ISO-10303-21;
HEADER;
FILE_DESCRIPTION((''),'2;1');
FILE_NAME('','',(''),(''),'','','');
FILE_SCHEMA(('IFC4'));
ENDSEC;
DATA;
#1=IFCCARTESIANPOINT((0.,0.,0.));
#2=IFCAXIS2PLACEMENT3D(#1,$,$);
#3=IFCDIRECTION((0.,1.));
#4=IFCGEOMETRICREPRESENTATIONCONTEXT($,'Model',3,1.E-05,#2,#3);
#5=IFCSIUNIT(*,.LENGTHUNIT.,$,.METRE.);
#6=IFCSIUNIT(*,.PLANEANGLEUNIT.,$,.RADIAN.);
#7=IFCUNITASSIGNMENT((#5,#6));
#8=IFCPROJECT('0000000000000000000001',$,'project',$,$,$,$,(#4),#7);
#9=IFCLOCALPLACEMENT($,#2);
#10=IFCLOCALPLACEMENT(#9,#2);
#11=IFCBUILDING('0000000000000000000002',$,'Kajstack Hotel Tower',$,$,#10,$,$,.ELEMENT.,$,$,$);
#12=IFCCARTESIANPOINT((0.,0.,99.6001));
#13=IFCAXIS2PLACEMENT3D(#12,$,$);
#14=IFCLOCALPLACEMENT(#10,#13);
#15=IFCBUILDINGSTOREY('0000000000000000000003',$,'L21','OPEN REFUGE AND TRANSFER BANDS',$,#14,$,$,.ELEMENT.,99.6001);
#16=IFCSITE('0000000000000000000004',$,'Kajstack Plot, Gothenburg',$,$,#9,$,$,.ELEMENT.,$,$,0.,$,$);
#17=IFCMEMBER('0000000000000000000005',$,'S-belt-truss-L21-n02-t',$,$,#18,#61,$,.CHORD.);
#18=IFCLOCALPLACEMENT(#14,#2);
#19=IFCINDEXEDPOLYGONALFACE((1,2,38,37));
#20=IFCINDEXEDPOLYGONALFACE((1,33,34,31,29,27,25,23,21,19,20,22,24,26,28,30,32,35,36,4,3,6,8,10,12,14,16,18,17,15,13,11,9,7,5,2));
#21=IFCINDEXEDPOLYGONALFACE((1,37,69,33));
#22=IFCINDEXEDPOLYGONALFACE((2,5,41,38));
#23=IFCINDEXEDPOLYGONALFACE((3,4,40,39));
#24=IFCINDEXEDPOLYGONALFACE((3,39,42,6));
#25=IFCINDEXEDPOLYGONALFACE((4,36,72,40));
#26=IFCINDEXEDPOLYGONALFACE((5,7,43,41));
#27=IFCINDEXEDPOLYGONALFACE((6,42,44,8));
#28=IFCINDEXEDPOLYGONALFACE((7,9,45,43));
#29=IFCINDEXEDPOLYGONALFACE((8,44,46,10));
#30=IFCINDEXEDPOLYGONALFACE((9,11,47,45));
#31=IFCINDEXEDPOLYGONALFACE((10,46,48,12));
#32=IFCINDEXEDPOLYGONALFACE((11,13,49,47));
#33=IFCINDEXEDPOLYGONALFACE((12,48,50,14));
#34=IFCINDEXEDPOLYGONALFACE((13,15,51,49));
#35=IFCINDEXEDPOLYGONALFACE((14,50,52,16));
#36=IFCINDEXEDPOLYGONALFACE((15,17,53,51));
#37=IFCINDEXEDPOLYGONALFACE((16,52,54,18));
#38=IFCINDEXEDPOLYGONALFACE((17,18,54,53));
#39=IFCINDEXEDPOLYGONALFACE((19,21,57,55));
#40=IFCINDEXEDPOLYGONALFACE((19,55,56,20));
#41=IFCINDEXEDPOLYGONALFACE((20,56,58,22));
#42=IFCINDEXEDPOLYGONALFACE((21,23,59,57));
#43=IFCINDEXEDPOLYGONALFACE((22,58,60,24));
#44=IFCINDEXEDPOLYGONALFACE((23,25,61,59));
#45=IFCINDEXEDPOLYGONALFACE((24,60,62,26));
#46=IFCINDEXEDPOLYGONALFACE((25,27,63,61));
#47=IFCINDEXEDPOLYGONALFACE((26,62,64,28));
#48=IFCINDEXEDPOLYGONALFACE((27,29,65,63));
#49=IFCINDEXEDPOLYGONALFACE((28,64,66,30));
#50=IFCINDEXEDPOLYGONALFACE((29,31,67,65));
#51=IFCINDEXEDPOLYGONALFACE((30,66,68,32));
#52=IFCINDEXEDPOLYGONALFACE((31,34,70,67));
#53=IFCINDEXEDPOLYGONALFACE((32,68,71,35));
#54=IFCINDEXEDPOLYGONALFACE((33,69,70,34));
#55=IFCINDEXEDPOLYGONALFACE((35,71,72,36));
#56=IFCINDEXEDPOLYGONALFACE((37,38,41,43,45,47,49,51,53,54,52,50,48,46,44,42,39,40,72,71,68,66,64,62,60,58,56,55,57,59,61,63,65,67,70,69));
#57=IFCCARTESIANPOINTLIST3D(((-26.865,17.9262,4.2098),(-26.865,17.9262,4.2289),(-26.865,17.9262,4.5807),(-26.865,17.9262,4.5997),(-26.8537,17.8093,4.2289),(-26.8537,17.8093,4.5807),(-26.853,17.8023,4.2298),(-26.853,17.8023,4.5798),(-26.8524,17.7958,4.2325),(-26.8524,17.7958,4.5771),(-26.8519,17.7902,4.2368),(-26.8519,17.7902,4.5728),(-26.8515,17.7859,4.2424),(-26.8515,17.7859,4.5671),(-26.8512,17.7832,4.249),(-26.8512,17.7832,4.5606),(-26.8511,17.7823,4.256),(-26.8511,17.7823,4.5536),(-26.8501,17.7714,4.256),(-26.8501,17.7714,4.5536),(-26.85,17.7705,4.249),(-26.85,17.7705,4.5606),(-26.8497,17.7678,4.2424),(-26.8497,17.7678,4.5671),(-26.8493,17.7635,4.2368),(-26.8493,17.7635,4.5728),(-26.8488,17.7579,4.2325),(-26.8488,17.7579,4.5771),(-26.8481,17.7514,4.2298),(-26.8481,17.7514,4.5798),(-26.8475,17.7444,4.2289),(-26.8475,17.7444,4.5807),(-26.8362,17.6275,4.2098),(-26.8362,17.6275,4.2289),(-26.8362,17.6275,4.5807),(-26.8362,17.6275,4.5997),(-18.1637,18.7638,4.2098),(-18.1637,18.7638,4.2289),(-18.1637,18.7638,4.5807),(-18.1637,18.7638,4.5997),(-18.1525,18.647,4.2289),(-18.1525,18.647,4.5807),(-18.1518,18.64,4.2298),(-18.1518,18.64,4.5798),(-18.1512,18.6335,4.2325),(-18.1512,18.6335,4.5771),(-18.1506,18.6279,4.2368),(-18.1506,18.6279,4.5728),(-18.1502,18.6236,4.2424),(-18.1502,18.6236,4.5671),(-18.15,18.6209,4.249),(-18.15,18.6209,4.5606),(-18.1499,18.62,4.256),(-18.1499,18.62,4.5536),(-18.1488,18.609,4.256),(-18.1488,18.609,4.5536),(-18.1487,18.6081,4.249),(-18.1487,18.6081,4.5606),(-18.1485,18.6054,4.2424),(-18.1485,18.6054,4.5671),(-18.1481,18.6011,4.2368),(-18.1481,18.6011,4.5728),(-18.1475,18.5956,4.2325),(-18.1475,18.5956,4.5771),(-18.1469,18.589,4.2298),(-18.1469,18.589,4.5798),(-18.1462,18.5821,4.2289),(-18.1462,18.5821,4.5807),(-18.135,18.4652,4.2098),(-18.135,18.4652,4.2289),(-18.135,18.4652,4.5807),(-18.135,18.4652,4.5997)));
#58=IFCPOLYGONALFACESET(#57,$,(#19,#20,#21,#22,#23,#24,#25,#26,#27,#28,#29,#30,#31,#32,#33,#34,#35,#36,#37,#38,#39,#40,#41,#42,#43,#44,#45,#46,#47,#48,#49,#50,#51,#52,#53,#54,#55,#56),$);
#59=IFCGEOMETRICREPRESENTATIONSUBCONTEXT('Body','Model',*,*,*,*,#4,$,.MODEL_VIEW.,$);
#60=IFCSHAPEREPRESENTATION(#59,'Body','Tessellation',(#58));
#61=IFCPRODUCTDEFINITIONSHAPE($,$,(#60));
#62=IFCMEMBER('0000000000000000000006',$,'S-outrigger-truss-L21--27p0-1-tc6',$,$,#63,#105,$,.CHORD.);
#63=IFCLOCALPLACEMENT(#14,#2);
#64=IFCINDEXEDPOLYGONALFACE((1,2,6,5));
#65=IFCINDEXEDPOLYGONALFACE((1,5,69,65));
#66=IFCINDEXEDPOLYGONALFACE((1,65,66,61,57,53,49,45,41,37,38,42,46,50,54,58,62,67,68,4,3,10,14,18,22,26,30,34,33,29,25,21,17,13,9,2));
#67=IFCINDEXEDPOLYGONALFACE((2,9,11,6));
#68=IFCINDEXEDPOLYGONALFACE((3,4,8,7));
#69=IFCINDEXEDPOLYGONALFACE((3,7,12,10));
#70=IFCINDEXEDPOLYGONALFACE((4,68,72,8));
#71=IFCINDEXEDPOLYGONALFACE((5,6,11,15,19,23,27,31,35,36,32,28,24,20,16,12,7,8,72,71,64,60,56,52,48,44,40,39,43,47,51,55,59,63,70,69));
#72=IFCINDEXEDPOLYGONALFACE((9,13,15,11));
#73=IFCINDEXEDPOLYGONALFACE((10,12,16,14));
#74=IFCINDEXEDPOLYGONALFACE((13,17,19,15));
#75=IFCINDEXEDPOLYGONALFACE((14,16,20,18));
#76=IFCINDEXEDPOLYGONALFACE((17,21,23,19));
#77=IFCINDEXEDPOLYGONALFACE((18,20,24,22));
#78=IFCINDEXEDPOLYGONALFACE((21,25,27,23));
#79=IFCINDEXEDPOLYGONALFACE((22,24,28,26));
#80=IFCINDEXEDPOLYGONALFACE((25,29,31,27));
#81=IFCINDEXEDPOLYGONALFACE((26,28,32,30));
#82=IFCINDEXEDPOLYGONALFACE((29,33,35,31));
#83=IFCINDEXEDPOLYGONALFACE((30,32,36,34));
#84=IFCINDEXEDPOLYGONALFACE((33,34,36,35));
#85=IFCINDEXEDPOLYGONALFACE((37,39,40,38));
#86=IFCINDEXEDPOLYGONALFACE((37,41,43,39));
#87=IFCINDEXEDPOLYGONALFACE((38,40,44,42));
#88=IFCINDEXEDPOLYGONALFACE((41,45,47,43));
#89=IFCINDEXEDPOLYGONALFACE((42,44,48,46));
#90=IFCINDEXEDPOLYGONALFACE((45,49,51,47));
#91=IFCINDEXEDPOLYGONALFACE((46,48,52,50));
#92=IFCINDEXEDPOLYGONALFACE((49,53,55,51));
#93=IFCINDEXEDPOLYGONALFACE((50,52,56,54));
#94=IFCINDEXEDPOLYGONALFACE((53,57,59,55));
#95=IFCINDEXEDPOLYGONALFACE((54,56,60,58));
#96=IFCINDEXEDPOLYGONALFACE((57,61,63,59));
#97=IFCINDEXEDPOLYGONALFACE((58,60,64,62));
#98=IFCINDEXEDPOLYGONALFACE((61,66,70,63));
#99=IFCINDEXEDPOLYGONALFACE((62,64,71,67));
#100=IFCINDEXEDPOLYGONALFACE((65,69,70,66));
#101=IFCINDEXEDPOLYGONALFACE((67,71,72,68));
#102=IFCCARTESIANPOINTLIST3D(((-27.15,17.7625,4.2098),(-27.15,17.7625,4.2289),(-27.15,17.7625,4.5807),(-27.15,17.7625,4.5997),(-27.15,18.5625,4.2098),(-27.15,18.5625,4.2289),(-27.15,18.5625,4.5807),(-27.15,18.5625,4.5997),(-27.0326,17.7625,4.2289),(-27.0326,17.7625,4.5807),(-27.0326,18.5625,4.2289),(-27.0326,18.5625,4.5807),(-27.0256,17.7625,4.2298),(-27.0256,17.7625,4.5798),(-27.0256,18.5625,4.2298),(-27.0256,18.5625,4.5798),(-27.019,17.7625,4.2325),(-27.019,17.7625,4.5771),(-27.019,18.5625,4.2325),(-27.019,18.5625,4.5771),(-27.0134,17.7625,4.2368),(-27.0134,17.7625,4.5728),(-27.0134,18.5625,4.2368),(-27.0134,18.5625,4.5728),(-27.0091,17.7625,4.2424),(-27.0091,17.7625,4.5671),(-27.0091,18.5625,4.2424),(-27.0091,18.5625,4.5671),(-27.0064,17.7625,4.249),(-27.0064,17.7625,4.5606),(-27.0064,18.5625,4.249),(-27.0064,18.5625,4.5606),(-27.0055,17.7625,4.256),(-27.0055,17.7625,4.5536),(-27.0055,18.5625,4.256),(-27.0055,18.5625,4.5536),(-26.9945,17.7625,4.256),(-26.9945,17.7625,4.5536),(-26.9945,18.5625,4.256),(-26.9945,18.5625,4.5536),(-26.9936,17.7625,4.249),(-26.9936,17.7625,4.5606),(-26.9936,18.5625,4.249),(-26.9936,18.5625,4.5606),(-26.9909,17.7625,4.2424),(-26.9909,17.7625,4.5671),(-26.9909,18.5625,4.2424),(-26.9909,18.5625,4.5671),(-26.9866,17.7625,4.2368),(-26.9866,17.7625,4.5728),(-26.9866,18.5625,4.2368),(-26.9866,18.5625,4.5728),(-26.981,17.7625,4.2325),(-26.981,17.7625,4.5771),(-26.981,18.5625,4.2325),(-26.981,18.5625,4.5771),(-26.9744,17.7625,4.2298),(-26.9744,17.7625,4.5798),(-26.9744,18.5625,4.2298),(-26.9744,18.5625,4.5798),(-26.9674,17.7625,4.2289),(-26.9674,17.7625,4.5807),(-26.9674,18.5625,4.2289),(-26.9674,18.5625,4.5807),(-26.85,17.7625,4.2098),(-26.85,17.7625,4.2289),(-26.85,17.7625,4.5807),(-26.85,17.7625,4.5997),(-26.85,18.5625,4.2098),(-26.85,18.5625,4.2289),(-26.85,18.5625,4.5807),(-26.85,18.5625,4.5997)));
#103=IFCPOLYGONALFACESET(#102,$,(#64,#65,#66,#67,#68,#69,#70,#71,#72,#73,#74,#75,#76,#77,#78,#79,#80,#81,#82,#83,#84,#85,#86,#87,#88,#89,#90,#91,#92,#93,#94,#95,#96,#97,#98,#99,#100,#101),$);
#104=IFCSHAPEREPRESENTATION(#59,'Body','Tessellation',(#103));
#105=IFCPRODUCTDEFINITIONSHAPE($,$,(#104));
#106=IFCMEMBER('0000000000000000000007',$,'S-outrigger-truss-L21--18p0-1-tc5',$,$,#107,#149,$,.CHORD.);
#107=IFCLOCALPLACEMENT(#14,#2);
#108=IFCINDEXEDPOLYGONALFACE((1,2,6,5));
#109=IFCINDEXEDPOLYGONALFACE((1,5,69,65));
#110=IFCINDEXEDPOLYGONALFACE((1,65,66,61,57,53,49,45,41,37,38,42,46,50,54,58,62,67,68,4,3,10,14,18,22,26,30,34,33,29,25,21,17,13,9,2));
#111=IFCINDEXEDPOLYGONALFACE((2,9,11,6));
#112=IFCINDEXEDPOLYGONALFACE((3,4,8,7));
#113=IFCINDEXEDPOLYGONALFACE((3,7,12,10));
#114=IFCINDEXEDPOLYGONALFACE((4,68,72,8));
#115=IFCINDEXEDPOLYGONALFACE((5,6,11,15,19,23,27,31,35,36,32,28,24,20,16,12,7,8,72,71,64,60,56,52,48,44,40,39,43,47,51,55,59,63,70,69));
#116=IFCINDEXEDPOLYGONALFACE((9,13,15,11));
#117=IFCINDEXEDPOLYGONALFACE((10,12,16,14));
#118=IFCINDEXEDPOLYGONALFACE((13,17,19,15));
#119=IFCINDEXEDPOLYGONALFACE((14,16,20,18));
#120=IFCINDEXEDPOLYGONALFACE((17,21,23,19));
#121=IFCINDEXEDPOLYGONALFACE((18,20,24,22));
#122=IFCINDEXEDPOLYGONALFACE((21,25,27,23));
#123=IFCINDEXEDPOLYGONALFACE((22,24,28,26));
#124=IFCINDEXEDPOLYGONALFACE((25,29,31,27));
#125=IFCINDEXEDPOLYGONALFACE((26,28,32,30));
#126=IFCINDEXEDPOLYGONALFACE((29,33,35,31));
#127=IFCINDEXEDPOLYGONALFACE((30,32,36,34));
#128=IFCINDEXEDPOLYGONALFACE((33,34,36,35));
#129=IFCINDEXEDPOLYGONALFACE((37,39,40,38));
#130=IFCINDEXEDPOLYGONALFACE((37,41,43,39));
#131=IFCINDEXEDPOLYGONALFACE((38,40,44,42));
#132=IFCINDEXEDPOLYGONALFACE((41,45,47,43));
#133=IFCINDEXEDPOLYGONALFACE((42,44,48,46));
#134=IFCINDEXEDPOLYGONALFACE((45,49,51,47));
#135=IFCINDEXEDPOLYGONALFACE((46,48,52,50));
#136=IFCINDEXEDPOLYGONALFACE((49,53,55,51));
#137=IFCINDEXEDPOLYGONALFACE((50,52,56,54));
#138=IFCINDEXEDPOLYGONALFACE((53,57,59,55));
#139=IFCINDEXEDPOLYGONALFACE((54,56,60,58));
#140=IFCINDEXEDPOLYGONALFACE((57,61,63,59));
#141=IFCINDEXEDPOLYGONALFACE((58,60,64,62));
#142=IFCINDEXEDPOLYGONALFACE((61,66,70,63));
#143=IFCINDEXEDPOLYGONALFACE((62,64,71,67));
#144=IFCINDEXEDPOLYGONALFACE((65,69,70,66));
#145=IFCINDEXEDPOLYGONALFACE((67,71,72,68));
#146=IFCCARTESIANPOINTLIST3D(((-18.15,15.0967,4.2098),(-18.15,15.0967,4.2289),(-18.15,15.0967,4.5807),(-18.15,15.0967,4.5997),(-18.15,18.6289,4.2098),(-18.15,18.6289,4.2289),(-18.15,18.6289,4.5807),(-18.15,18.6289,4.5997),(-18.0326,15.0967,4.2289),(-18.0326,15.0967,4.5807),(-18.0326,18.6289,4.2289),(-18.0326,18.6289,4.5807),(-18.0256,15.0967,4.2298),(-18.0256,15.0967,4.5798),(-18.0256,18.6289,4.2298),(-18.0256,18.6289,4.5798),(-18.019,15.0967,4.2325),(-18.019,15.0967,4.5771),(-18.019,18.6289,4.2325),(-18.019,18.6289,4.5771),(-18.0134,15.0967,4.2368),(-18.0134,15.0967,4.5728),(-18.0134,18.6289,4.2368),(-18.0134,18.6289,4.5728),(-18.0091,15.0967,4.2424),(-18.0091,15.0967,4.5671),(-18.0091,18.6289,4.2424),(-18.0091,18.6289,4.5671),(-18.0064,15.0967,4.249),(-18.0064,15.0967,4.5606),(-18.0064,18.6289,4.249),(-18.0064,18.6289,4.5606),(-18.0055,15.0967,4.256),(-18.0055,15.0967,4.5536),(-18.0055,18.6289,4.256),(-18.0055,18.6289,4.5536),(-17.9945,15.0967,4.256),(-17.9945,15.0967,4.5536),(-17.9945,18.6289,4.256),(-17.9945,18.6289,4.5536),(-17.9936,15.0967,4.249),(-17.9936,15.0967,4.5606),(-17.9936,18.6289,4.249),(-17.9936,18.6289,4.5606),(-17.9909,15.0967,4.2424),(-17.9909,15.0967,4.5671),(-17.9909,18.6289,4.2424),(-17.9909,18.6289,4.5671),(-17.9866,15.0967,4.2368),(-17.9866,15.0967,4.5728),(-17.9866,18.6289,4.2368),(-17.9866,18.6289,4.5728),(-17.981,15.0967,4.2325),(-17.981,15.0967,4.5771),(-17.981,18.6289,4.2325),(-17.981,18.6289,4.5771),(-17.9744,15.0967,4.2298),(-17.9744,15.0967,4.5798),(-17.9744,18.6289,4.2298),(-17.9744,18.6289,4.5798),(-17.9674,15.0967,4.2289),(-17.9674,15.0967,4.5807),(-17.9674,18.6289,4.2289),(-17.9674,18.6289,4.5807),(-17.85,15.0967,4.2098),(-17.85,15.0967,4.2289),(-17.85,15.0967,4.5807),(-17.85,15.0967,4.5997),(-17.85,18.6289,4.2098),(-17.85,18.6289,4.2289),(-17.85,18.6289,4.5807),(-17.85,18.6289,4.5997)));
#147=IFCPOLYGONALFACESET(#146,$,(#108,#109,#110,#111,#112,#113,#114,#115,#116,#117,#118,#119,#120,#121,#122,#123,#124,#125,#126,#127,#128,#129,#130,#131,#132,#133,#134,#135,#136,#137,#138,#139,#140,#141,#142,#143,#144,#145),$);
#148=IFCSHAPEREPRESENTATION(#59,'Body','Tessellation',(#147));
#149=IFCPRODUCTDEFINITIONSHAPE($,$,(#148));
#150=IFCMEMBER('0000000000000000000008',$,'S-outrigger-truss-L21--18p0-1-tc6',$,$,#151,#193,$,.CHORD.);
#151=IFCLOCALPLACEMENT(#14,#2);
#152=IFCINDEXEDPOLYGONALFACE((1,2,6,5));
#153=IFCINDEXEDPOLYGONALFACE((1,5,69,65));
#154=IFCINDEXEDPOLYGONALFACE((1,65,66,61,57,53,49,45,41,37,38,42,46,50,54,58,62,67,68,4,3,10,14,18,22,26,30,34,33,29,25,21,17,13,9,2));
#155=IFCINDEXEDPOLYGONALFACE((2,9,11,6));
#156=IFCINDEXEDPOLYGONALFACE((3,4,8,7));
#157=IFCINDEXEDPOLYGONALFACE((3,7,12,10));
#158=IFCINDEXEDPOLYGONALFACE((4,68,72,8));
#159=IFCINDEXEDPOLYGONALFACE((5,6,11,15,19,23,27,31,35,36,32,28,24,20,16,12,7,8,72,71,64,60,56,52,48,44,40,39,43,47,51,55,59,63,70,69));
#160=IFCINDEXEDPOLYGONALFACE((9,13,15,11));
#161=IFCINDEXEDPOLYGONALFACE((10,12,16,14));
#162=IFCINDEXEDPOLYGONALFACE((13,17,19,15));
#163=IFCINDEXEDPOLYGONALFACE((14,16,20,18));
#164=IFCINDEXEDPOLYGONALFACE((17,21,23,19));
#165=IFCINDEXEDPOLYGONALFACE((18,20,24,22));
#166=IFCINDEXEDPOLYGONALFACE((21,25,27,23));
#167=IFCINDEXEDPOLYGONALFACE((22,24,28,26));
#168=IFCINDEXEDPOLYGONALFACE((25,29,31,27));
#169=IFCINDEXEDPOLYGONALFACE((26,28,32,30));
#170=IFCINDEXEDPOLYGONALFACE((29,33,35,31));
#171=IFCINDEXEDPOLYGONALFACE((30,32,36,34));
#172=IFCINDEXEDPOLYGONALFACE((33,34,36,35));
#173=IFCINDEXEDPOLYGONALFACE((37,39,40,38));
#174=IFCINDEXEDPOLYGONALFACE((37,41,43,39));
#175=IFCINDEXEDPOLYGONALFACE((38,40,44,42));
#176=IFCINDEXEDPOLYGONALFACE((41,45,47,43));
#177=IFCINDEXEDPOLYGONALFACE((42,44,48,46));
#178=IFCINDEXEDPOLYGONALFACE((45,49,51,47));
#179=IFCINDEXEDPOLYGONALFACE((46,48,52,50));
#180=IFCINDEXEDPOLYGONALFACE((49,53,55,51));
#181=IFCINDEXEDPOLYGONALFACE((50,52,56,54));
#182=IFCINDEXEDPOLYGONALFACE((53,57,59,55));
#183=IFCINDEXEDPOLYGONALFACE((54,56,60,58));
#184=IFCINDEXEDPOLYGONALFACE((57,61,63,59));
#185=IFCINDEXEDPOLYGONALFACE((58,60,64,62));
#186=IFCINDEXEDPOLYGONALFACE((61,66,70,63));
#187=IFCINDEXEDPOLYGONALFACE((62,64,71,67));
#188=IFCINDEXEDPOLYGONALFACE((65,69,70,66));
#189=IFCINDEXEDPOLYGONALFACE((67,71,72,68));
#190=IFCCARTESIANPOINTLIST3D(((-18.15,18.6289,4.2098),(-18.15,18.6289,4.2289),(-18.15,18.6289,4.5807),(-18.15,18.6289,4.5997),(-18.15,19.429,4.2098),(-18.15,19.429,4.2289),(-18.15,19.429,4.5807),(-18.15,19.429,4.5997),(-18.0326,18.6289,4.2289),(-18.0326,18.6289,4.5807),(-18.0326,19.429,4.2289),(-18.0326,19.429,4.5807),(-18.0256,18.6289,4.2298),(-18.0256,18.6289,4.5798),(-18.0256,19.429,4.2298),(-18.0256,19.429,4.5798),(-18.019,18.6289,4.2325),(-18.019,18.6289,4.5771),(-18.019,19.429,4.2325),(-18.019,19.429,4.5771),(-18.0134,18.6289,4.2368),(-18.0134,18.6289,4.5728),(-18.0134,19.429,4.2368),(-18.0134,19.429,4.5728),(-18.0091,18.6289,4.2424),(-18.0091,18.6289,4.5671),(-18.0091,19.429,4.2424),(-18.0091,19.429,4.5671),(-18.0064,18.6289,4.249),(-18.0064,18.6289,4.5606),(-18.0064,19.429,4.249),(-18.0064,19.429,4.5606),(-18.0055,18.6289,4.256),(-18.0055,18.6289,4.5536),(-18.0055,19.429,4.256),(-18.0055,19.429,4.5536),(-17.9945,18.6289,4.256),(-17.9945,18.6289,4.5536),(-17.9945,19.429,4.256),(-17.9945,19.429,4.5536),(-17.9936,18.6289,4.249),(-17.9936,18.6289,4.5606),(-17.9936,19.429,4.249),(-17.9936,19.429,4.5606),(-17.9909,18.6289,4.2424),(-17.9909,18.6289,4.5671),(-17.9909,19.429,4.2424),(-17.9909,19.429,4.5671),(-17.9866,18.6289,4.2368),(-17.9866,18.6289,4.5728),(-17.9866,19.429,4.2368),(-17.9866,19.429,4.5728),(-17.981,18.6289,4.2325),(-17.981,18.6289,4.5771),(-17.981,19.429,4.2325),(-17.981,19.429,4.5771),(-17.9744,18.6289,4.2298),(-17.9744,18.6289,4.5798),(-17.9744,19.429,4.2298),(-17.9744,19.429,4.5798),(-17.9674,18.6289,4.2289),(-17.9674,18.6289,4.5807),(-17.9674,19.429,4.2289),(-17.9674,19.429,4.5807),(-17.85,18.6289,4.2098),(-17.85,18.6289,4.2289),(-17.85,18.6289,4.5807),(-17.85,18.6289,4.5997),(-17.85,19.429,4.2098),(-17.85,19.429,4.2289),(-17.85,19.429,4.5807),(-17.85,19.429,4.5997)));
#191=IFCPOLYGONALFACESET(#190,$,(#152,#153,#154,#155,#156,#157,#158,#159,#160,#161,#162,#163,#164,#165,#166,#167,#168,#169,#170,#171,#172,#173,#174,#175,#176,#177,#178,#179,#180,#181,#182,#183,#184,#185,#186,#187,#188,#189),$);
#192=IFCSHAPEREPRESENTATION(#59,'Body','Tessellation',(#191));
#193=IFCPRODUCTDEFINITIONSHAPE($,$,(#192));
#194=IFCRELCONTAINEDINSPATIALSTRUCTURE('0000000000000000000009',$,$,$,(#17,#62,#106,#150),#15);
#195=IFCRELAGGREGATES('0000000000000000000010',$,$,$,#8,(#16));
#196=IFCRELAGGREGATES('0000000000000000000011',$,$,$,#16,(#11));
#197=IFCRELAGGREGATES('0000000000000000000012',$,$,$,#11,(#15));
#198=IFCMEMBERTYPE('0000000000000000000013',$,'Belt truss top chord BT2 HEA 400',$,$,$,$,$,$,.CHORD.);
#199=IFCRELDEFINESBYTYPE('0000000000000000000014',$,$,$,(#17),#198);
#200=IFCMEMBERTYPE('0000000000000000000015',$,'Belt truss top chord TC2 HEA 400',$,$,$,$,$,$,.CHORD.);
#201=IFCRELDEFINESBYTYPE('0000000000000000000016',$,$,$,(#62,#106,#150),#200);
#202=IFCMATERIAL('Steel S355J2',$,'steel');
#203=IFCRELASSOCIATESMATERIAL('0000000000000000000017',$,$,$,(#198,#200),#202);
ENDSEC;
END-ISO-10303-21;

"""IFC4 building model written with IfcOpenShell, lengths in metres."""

from ifc_helpers import new_model, si_unit, direction, frame, origin, origin_2d, place, context, subcontext, project, spatial, i_section, extrude, material, material_profile, profile_set, type_object, element, save


model = new_model("IFC4")

# Units and contexts
model_context = context("Model", 3, precision=1e-05, world=origin(), true_north=direction((0.0, 1.0)))
body_context = subcontext(model_context, "Body", "Model", "MODEL_VIEW")
ifc_project = project(units=[si_unit("LENGTHUNIT", "METRE"), si_unit("PLANEANGLEUNIT", "RADIAN")], contexts=[model_context])

# Site, building, storey
site_placement = place(None, origin())
site = spatial("IfcSite", under=ifc_project, at=site_placement, Name="Kajstack Plot, Gothenburg", CompositionType="ELEMENT", RefElevation=0.0)
building_placement = place(site_placement, origin())
building = spatial("IfcBuilding", under=site, at=building_placement, Name="Kajstack Hotel Tower", CompositionType="ELEMENT")
storey_placement = place(building_placement, frame((0.0, 0.0, 99.6001)))
storey = spatial("IfcBuildingStorey", under=building, at=storey_placement, Name="L21", Description="OPEN REFUGE AND TRANSFER BANDS", CompositionType="ELEMENT", Elevation=99.6001)

# Members
ifc_material = material(Name="Steel S355J2", Category="steel")
ifc_material_profile_1 = material_profile(ifc_material, i_section(OverallWidth=0.3, OverallDepth=0.3899, WebThickness=0.011, FlangeThickness=0.019, FilletRadius=0.0271, at=origin_2d()), Name="HEA 400")
ifc_profile_set_1 = profile_set([ifc_material_profile_1], Name="Steel S355J2")
member_type_1 = type_object("IfcMemberType", Name="Belt truss top chord BT2 HEA 400", PredefinedType="CHORD", material=ifc_profile_set_1)
member_1_placement = place(storey_placement, frame((-26.8506, 17.7769, 4.4048), z_axis=(0.995398, 0.095825, 0.0), x_axis=(-0.095825, 0.995398, 0.0)))
element("IfcMember", 1, at=member_1_placement, inside=storey, type_object=member_type_1, Name="S-belt-truss-L21-n02-t", PredefinedType="CHORD", context=body_context, shape_type="SweptSolid", body=[
    extrude(i_section(OverallWidth=0.3, OverallDepth=0.3899, WebThickness=0.011, FlangeThickness=0.019, FilletRadius=0.0271, at=origin_2d()), origin(), (0.0, 0.0, 1.0), 8.7415),
])
ifc_material_profile_2 = material_profile(ifc_material, i_section(OverallWidth=0.3, OverallDepth=0.3899, WebThickness=0.011, FlangeThickness=0.019, FilletRadius=0.0271, at=origin_2d()), Name="HEA 400")
ifc_profile_set_2 = profile_set([ifc_material_profile_2], Name="Steel S355J2")
member_type_2 = type_object("IfcMemberType", Name="Belt truss top chord TC2 HEA 400", PredefinedType="CHORD", material=ifc_profile_set_2)
member_2_placement = place(storey_placement, frame((-27.0, 17.7625, 4.4048), z_axis=(0.0, 1.0, 0.0), x_axis=(-1.0, 0.0, 0.0)))
element("IfcMember", 2, at=member_2_placement, inside=storey, type_object=member_type_2, Name="S-outrigger-truss-L21--27p0-1-tc6", PredefinedType="CHORD", context=body_context, shape_type="SweptSolid", body=[
    extrude(i_section(OverallWidth=0.3, OverallDepth=0.3899, WebThickness=0.011, FlangeThickness=0.019, FilletRadius=0.0271, at=origin_2d()), origin(), (0.0, 0.0, 1.0), 0.8),
])
member_3_placement = place(storey_placement, frame((-18.0, 15.0967, 4.4048), z_axis=(0.0, 1.0, 0.0), x_axis=(-1.0, 0.0, 0.0)))
element("IfcMember", 3, at=member_3_placement, inside=storey, type_object=member_type_2, Name="S-outrigger-truss-L21--18p0-1-tc5", PredefinedType="CHORD", context=body_context, shape_type="SweptSolid", body=[
    extrude(i_section(OverallWidth=0.3, OverallDepth=0.3899, WebThickness=0.011, FlangeThickness=0.019, FilletRadius=0.0271, at=origin_2d()), origin(), (0.0, 0.0, 1.0), 3.5322),
])
member_4_placement = place(storey_placement, frame((-18.0, 18.6289, 4.4048), z_axis=(0.0, 1.0, 0.0), x_axis=(-1.0, 0.0, 0.0)))
element("IfcMember", 4, at=member_4_placement, inside=storey, type_object=member_type_2, Name="S-outrigger-truss-L21--18p0-1-tc6", PredefinedType="CHORD", context=body_context, shape_type="SweptSolid", body=[
    extrude(i_section(OverallWidth=0.3, OverallDepth=0.3899, WebThickness=0.011, FlangeThickness=0.019, FilletRadius=0.0271, at=origin_2d()), origin(), (0.0, 0.0, 1.0), 0.8),
])

save(model, "model.ifc")
